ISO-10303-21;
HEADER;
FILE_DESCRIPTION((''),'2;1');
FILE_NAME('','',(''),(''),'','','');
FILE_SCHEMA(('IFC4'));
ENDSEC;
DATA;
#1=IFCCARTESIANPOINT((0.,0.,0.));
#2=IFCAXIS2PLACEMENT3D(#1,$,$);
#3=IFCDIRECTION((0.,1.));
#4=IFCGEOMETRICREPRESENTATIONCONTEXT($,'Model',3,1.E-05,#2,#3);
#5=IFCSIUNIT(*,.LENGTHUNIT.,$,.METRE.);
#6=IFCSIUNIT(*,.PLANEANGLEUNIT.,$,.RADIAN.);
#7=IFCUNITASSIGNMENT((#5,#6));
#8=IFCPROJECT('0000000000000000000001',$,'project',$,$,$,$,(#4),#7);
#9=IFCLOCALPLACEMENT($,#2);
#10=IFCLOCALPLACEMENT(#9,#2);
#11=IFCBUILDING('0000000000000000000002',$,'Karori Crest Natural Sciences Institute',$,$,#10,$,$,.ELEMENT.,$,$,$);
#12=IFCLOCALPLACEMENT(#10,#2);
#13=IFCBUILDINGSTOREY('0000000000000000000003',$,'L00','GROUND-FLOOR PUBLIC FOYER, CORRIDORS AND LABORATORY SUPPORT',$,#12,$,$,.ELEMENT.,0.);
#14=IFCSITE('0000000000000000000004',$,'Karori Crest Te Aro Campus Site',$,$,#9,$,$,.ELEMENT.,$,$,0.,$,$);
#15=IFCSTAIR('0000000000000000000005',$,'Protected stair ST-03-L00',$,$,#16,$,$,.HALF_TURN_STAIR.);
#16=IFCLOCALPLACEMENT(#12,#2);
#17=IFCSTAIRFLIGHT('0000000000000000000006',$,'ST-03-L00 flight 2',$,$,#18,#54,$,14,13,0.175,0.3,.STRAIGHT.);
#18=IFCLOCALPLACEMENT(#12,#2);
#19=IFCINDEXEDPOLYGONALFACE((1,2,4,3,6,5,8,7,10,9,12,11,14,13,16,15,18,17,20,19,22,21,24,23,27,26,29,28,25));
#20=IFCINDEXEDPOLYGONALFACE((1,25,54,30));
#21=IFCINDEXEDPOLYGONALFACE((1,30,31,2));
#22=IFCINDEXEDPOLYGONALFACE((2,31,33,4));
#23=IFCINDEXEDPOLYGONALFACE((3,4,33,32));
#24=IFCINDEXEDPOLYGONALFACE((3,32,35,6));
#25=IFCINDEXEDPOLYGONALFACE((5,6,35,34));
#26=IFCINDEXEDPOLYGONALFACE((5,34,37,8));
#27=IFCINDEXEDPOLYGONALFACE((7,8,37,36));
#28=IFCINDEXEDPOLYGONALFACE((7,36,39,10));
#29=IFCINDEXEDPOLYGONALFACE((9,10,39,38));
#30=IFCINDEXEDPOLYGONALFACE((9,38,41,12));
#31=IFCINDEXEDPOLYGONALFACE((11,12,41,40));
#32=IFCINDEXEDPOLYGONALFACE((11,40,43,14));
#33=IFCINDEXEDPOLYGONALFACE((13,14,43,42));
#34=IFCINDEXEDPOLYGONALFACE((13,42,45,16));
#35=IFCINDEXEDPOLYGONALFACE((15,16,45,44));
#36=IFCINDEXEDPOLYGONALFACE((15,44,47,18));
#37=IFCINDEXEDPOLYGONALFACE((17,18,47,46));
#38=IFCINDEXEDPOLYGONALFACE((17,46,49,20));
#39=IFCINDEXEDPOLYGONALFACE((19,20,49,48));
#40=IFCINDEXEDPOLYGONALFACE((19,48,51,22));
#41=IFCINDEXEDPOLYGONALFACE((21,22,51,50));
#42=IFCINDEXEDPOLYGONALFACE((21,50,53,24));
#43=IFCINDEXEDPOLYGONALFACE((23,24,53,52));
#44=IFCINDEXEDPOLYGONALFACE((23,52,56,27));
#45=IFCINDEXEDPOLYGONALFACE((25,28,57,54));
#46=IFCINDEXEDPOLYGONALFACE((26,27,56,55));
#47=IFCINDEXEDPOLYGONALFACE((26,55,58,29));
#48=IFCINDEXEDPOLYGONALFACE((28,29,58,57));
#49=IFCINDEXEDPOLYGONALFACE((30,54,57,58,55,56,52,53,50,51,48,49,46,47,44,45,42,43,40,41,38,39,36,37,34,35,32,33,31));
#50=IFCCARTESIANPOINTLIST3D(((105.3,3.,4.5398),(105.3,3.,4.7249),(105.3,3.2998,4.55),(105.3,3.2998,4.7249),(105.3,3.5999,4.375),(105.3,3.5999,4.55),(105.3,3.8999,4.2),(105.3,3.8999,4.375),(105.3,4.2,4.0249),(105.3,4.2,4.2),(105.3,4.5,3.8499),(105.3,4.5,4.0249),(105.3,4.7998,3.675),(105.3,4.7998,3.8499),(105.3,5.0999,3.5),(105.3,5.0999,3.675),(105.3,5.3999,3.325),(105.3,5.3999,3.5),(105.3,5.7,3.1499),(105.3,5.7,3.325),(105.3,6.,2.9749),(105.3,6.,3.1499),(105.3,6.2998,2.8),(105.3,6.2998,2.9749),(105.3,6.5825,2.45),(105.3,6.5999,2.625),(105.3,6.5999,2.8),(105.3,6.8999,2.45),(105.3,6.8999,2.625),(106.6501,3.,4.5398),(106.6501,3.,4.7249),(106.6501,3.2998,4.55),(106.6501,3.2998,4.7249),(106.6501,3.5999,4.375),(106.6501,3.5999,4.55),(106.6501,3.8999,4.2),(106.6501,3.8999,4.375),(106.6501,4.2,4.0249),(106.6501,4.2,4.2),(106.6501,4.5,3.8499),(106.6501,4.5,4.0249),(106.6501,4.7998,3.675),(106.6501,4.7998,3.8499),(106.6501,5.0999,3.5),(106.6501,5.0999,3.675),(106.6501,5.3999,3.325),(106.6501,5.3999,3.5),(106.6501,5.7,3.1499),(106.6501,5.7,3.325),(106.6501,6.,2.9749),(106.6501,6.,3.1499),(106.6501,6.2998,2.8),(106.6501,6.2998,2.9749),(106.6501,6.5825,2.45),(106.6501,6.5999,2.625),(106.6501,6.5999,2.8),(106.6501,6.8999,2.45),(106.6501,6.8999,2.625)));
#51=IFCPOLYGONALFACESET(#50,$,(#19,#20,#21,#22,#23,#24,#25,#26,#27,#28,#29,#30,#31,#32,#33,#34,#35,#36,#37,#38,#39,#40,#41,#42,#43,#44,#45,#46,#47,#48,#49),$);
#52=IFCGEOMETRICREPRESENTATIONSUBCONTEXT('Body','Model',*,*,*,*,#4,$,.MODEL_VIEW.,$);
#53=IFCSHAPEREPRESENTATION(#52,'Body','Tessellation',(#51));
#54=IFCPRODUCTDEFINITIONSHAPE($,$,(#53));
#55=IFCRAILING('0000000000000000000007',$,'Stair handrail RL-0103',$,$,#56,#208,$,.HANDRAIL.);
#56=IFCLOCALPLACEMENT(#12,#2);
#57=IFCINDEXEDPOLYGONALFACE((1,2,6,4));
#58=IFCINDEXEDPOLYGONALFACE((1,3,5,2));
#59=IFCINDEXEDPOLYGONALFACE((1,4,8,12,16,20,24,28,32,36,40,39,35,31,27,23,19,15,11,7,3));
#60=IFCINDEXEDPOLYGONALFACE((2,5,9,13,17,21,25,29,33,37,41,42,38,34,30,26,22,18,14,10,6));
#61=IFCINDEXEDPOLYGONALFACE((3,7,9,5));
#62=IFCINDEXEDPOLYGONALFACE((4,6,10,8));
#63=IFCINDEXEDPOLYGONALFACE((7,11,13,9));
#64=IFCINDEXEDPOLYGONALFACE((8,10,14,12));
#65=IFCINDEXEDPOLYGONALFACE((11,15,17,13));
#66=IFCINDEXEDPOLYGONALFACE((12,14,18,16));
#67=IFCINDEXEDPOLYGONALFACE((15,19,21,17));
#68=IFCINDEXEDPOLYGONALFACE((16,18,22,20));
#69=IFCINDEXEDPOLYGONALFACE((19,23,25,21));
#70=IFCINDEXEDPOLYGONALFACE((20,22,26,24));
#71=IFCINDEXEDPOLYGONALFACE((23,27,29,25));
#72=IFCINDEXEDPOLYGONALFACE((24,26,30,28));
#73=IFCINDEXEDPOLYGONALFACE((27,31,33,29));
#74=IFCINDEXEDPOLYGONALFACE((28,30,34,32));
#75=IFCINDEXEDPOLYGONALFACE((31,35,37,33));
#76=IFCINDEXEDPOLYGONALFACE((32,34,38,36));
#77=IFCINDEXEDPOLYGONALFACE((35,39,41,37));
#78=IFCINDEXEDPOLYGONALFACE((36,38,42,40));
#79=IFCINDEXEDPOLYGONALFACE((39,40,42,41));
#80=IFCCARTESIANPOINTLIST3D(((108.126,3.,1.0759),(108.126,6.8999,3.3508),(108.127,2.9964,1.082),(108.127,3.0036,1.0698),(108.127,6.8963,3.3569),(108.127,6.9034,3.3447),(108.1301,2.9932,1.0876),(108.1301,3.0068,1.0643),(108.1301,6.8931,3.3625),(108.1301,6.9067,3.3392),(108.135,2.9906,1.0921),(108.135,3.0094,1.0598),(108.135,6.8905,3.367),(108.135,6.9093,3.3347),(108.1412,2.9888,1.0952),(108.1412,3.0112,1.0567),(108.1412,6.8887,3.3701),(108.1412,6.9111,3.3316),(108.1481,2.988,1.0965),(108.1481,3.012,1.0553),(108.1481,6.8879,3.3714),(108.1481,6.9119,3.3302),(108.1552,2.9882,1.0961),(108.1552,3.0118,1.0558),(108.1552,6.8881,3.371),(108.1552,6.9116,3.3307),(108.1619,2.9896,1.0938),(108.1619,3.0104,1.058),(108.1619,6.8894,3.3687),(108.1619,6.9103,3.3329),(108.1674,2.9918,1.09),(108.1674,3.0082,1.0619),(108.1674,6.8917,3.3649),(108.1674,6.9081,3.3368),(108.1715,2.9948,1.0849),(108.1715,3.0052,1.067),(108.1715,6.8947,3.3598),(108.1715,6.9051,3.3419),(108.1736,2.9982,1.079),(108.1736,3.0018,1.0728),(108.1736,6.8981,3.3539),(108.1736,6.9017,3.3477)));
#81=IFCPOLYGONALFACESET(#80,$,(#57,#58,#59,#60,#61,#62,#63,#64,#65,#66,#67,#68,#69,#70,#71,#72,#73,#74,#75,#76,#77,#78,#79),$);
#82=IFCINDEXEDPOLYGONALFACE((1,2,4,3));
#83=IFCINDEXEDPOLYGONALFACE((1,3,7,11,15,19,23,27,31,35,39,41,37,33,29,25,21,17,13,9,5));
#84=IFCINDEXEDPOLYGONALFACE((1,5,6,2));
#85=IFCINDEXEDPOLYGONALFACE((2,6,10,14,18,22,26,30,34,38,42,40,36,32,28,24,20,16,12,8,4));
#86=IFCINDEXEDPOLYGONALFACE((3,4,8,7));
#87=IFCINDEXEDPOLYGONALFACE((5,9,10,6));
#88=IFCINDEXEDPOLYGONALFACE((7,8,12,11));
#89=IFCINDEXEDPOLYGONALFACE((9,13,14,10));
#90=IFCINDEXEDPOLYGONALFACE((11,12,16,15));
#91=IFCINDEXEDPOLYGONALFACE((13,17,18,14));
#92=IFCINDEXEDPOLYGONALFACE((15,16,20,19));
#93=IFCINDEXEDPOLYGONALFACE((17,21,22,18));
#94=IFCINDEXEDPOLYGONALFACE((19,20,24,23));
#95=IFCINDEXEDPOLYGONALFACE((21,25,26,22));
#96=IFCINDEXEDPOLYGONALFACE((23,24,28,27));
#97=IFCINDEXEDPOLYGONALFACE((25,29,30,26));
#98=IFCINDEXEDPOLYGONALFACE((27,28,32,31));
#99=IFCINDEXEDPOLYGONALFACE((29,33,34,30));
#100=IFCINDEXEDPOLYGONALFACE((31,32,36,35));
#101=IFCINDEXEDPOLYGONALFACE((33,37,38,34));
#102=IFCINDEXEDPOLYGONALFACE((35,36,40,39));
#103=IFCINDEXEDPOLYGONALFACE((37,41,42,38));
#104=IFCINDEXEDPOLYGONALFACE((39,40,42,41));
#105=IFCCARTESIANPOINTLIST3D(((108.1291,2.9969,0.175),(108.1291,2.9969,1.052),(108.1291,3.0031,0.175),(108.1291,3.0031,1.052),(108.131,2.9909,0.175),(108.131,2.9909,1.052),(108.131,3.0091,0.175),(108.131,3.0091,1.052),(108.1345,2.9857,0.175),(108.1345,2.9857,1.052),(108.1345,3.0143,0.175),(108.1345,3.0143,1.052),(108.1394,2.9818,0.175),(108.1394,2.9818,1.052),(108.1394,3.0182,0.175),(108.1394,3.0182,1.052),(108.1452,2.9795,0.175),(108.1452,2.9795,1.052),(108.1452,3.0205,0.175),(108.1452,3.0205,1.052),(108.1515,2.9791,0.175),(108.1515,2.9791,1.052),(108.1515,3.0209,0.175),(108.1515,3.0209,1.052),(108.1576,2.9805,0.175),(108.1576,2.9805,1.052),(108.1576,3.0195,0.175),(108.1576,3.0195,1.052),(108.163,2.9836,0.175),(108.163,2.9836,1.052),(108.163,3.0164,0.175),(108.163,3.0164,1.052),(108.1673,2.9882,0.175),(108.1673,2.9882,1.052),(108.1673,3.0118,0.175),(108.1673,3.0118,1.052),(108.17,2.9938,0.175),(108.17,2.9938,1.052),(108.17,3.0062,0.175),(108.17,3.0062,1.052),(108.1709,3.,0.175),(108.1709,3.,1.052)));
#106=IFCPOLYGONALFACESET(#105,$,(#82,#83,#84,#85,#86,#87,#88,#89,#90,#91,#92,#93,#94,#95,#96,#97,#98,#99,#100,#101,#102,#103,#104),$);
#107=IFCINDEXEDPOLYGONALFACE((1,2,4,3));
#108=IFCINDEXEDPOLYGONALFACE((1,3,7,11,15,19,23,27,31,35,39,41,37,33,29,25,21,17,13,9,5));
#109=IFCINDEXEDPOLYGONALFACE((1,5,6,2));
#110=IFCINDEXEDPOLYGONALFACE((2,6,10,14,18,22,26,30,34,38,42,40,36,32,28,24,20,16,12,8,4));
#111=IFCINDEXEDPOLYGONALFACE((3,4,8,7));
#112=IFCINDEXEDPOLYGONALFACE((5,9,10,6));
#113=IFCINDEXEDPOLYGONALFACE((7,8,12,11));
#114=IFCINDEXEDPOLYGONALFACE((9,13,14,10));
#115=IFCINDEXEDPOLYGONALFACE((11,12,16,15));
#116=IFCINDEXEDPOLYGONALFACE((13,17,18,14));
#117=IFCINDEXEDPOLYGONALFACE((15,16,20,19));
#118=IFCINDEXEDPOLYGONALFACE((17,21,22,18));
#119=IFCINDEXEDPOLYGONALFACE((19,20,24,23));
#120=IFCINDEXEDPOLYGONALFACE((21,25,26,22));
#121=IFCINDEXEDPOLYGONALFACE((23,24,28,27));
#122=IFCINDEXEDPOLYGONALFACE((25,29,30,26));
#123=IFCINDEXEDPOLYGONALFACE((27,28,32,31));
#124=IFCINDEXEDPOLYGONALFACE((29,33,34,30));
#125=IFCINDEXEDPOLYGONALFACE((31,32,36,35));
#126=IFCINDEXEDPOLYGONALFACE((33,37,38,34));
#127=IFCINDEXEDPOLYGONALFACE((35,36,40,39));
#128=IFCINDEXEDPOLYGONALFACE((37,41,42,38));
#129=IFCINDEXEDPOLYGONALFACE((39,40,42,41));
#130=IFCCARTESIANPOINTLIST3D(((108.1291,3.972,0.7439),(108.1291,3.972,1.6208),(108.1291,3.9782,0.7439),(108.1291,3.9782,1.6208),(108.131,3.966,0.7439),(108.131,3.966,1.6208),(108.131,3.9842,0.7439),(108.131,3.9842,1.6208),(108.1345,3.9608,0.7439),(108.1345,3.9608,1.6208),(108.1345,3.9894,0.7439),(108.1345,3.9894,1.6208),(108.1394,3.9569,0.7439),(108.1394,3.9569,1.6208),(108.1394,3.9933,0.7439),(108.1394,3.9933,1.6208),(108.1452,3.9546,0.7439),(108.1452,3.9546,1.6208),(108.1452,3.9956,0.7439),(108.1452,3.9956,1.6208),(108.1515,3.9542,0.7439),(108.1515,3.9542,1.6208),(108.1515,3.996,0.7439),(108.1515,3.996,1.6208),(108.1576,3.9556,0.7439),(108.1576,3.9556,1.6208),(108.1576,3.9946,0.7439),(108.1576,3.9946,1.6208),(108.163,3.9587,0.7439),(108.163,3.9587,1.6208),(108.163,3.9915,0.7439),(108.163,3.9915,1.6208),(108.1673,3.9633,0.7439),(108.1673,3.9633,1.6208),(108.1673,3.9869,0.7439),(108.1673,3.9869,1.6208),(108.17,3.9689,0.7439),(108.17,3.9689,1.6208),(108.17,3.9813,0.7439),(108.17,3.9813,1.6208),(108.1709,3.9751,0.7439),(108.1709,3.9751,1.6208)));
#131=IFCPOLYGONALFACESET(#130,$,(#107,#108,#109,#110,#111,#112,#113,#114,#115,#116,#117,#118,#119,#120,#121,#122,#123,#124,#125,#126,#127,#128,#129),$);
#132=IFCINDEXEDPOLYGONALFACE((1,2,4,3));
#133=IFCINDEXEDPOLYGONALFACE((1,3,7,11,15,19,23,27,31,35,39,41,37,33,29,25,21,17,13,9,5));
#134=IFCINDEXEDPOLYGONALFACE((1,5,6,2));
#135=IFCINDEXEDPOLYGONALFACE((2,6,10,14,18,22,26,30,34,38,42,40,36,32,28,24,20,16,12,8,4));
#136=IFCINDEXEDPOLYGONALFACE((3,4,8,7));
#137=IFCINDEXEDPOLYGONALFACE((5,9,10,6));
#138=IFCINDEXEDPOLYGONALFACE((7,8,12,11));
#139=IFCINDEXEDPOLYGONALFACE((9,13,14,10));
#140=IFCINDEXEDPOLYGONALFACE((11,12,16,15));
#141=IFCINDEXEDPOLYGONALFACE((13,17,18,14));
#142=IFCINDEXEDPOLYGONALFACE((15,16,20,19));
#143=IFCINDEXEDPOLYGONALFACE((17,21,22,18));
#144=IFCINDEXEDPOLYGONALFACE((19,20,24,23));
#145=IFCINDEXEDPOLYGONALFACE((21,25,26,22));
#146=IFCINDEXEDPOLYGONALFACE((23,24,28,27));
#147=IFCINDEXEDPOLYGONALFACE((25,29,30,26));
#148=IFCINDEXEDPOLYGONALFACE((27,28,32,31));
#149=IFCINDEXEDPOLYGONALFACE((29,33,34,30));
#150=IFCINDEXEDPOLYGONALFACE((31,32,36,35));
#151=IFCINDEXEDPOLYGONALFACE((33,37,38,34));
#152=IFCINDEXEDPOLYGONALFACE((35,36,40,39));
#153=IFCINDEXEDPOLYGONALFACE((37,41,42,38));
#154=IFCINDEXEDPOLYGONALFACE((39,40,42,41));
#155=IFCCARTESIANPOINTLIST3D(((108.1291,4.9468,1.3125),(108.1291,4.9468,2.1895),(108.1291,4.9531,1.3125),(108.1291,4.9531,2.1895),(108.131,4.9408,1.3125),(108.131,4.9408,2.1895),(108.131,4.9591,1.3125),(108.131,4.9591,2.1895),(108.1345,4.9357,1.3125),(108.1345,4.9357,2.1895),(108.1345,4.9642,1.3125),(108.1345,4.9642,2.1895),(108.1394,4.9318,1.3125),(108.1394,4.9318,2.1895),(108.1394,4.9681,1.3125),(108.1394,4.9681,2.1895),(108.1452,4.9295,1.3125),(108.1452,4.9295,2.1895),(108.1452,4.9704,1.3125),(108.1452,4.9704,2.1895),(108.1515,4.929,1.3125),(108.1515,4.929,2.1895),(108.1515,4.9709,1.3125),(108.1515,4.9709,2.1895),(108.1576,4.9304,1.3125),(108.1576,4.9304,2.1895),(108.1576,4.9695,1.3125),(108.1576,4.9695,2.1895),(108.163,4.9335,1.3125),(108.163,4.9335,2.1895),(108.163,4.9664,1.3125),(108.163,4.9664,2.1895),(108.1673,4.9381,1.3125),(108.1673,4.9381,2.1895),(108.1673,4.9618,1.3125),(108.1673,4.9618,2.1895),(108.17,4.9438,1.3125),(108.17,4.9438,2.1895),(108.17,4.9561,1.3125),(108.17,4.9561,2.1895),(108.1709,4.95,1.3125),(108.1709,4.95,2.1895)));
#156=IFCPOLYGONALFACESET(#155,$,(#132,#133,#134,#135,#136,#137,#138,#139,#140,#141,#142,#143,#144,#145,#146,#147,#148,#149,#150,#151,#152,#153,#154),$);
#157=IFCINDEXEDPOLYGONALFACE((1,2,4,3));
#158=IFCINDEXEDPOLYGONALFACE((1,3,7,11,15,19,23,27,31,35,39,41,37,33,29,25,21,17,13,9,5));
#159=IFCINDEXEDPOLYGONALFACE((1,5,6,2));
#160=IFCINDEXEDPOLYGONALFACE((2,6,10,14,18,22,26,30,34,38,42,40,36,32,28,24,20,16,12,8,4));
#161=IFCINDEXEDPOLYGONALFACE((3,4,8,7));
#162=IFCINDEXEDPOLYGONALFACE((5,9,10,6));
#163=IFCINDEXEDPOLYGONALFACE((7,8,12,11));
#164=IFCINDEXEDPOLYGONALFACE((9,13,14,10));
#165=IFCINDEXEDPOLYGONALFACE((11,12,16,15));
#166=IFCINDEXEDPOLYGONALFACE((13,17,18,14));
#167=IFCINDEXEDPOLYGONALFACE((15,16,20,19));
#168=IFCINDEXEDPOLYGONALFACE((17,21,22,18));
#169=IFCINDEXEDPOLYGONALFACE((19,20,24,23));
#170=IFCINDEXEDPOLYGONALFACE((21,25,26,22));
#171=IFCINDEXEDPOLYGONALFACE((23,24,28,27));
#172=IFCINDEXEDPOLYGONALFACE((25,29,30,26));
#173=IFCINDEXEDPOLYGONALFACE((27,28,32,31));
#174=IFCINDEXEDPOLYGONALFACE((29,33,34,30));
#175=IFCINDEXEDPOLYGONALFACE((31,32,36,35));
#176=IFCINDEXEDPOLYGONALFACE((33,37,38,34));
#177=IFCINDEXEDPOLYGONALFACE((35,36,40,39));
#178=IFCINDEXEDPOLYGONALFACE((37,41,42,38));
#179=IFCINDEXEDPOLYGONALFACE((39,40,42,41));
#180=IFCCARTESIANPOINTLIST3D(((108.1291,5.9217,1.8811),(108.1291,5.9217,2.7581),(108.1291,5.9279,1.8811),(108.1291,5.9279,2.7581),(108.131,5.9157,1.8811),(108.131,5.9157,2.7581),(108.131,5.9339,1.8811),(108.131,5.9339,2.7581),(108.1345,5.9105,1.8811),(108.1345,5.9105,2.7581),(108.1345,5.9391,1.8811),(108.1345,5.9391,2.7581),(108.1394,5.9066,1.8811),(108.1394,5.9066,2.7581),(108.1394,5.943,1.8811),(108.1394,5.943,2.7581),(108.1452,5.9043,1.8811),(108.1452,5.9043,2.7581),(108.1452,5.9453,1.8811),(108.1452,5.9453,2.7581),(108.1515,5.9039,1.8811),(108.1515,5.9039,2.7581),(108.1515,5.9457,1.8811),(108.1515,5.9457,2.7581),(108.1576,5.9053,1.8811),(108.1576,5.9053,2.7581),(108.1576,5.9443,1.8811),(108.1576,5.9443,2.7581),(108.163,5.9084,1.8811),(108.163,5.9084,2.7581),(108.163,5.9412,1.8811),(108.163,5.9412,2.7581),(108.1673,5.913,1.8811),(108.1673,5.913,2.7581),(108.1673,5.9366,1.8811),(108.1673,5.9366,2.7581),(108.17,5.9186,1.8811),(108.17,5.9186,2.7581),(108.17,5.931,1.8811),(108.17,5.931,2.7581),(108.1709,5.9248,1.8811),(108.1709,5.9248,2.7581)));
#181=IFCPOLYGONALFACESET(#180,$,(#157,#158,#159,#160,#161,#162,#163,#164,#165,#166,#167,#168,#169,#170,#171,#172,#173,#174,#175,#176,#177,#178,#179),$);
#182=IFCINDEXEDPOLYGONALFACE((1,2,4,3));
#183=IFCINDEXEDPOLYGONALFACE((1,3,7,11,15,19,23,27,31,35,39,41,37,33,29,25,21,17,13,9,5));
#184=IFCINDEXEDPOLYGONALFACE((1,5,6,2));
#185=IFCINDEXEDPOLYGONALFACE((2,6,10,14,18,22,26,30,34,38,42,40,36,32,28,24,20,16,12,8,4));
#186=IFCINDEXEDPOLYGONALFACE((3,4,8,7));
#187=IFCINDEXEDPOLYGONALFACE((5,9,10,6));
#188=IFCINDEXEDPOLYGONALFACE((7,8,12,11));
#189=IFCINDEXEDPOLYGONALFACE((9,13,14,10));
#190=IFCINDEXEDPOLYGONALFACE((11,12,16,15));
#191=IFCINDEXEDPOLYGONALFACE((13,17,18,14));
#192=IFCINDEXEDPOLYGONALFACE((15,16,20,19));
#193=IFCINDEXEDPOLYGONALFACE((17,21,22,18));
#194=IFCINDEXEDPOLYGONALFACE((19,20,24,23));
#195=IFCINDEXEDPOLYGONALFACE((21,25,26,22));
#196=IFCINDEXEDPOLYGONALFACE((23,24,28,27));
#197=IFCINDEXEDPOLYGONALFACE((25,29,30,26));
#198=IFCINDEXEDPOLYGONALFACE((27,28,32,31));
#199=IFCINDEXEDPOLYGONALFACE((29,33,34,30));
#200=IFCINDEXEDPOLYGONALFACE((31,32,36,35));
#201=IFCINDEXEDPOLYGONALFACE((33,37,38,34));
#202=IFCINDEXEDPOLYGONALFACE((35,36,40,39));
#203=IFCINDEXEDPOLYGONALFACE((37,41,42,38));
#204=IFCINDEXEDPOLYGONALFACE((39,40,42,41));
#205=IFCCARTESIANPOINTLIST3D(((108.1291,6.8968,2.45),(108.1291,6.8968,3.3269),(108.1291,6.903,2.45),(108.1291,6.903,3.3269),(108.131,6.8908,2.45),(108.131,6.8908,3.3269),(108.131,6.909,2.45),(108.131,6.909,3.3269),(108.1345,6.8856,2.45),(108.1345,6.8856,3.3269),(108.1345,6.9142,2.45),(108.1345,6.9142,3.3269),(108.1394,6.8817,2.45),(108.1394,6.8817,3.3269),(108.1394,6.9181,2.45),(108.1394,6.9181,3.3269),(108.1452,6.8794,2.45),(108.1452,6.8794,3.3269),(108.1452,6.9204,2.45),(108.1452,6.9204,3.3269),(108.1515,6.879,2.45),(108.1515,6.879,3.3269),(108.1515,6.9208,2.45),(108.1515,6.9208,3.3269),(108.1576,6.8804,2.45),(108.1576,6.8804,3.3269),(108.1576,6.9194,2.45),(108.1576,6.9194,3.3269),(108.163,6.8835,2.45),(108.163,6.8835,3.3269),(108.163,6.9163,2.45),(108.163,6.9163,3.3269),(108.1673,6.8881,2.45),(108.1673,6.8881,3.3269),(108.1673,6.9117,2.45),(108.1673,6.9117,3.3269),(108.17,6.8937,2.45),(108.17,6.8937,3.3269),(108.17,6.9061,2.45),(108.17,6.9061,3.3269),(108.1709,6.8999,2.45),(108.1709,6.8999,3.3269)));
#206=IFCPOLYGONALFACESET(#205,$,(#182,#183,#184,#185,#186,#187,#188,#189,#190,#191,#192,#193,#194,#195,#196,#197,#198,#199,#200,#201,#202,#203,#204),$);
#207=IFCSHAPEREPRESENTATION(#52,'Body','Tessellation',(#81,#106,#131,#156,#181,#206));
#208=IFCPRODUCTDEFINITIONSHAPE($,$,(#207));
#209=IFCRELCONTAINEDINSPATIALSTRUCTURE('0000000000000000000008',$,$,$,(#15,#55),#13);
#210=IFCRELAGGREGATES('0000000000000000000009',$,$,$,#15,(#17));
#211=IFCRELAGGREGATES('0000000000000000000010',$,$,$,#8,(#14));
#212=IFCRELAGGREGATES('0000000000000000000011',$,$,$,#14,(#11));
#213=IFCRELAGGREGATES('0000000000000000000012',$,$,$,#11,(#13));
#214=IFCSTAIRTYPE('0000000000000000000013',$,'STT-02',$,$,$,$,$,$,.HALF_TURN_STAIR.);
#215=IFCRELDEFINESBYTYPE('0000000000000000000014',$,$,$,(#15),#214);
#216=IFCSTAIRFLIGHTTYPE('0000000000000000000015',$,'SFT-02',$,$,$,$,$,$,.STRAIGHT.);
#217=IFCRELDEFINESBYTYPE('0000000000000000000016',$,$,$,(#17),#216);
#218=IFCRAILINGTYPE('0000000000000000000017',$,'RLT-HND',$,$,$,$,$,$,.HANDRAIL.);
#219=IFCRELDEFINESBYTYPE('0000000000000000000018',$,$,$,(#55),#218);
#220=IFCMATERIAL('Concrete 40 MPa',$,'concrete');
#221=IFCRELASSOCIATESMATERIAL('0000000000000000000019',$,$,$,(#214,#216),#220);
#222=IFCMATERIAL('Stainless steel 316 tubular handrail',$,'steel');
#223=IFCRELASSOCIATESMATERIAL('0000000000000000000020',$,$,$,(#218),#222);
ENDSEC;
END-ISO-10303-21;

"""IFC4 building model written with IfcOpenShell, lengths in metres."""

from ifc_helpers import new_model, si_unit, direction, frame, origin, origin_2d, place, context, subcontext, project, spatial, polyline, circle, outline, extrude, material, type_object, element, aggregate, save


model = new_model("IFC4")

# Units and contexts
model_context = context("Model", 3, precision=1e-05, world=origin(), true_north=direction((0.0, 1.0)))
body_context = subcontext(model_context, "Body", "Model", "MODEL_VIEW")
ifc_project = project(units=[si_unit("LENGTHUNIT", "METRE"), si_unit("PLANEANGLEUNIT", "RADIAN")], contexts=[model_context])

# Site, building, storey
site_placement = place(None, origin())
site = spatial("IfcSite", under=ifc_project, at=site_placement, Name="Karori Crest Te Aro Campus Site", CompositionType="ELEMENT", RefElevation=0.0)
building_placement = place(site_placement, origin())
building = spatial("IfcBuilding", under=site, at=building_placement, Name="Karori Crest Natural Sciences Institute", CompositionType="ELEMENT")
storey_placement = place(building_placement, origin())
storey = spatial("IfcBuildingStorey", under=building, at=storey_placement, Name="L00", Description="GROUND-FLOOR PUBLIC FOYER, CORRIDORS AND LABORATORY SUPPORT", CompositionType="ELEMENT", Elevation=0.0)

# Shared definitions
ifc_material_1 = material(Name="Concrete 40 MPa", Category="concrete")

# Stair, stair flight
stair_type = type_object("IfcStairType", Name="STT-02", PredefinedType="HALF_TURN_STAIR", material=ifc_material_1)
stair_placement = place(storey_placement, origin())
stair = element("IfcStair", 1, at=stair_placement, inside=storey, type_object=stair_type, Name="Protected stair ST-03-L00", PredefinedType="HALF_TURN_STAIR")
stair_flight_type = type_object("IfcStairFlightType", Name="SFT-02", PredefinedType="STRAIGHT", material=ifc_material_1)
stair_flight_1_placement = place(storey_placement, frame((105.9751, 6.8999, 2.45), z_axis=(0.0, 0.0, 1.0), x_axis=(0.0, -1.0, 0.0)))
stair_flight_1 = element("IfcStairFlight", 2, at=stair_flight_1_placement, type_object=stair_flight_type, Name="ST-03-L00 flight 2", NumberOfRisers=14, NumberOfTreads=13, PredefinedType="STRAIGHT", RiserHeight=0.175, TreadLength=0.3, context=body_context, shape_type="SweptSolid", body=[
    extrude(outline(polyline([(0.0, 0.0), (0.0, 0.175), (0.3, 0.175), (0.3, 0.3501), (0.6001, 0.3501), (0.6001, 0.5249), (0.8999, 0.5249), (0.8999, 0.7), (1.2, 0.7), (1.2, 0.875), (1.5, 0.875), (1.5, 1.05), (1.8, 1.05), (1.8, 1.2251), (2.1001, 1.2251), (2.1001, 1.3999), (2.3999, 1.3999), (2.3999, 1.575), (2.7, 1.575), (2.7, 1.75), (3.0, 1.75), (3.0, 1.925), (3.3, 1.925), (3.3, 2.1001), (3.6001, 2.1001), (3.6001, 2.2749), (3.8999, 2.2749), (3.8999, 2.45), (3.8999, 2.0898), (0.3174, 0.0), (0.0, 0.0)])), frame((0.0, 0.675, 0.0), z_axis=(0.0, -1.0, 0.0), x_axis=(1.0, 0.0, 0.0)), (0.0, 0.0, 1.0), 1.3501),
])
aggregate(stair, [stair_flight_1])

# Railing
ifc_material_2 = material(Name="Stainless steel 316 tubular handrail", Category="steel")
railing_type_1 = type_object("IfcRailingType", Name="RLT-HND", PredefinedType="HANDRAIL", material=ifc_material_2)
railing_1_placement = place(storey_placement, frame((108.1499, 3.0, 0.175)))
element("IfcRailing", 3, at=railing_1_placement, inside=storey, type_object=railing_type_1, Name="Stair handrail RL-0103", PredefinedType="HANDRAIL", context=body_context, shape_type="SweptSolid", body=[
    extrude(circle(Radius=0.0239, at=origin_2d()), frame((0.0, 0.0, 0.9009), z_axis=(0.0, 0.863783, 0.503864), x_axis=(-1.0, 0.0, 0.0)), (0.0, 0.0, 1.0), 4.5149),
    extrude(circle(Radius=0.021, at=origin_2d()), origin(), (0.0, 0.0, 1.0), 0.877),
    extrude(circle(Radius=0.021, at=origin_2d()), frame((0.0, 0.9751, 0.5688)), (0.0, 0.0, 1.0), 0.877),
    extrude(circle(Radius=0.021, at=origin_2d()), frame((0.0, 1.95, 1.1375)), (0.0, 0.0, 1.0), 0.877),
    extrude(circle(Radius=0.021, at=origin_2d()), frame((0.0, 2.9248, 1.7061)), (0.0, 0.0, 1.0), 0.877),
    extrude(circle(Radius=0.021, at=origin_2d()), frame((0.0, 3.8999, 2.2749)), (0.0, 0.0, 1.0), 0.877),
])

save(model, "model.ifc")
